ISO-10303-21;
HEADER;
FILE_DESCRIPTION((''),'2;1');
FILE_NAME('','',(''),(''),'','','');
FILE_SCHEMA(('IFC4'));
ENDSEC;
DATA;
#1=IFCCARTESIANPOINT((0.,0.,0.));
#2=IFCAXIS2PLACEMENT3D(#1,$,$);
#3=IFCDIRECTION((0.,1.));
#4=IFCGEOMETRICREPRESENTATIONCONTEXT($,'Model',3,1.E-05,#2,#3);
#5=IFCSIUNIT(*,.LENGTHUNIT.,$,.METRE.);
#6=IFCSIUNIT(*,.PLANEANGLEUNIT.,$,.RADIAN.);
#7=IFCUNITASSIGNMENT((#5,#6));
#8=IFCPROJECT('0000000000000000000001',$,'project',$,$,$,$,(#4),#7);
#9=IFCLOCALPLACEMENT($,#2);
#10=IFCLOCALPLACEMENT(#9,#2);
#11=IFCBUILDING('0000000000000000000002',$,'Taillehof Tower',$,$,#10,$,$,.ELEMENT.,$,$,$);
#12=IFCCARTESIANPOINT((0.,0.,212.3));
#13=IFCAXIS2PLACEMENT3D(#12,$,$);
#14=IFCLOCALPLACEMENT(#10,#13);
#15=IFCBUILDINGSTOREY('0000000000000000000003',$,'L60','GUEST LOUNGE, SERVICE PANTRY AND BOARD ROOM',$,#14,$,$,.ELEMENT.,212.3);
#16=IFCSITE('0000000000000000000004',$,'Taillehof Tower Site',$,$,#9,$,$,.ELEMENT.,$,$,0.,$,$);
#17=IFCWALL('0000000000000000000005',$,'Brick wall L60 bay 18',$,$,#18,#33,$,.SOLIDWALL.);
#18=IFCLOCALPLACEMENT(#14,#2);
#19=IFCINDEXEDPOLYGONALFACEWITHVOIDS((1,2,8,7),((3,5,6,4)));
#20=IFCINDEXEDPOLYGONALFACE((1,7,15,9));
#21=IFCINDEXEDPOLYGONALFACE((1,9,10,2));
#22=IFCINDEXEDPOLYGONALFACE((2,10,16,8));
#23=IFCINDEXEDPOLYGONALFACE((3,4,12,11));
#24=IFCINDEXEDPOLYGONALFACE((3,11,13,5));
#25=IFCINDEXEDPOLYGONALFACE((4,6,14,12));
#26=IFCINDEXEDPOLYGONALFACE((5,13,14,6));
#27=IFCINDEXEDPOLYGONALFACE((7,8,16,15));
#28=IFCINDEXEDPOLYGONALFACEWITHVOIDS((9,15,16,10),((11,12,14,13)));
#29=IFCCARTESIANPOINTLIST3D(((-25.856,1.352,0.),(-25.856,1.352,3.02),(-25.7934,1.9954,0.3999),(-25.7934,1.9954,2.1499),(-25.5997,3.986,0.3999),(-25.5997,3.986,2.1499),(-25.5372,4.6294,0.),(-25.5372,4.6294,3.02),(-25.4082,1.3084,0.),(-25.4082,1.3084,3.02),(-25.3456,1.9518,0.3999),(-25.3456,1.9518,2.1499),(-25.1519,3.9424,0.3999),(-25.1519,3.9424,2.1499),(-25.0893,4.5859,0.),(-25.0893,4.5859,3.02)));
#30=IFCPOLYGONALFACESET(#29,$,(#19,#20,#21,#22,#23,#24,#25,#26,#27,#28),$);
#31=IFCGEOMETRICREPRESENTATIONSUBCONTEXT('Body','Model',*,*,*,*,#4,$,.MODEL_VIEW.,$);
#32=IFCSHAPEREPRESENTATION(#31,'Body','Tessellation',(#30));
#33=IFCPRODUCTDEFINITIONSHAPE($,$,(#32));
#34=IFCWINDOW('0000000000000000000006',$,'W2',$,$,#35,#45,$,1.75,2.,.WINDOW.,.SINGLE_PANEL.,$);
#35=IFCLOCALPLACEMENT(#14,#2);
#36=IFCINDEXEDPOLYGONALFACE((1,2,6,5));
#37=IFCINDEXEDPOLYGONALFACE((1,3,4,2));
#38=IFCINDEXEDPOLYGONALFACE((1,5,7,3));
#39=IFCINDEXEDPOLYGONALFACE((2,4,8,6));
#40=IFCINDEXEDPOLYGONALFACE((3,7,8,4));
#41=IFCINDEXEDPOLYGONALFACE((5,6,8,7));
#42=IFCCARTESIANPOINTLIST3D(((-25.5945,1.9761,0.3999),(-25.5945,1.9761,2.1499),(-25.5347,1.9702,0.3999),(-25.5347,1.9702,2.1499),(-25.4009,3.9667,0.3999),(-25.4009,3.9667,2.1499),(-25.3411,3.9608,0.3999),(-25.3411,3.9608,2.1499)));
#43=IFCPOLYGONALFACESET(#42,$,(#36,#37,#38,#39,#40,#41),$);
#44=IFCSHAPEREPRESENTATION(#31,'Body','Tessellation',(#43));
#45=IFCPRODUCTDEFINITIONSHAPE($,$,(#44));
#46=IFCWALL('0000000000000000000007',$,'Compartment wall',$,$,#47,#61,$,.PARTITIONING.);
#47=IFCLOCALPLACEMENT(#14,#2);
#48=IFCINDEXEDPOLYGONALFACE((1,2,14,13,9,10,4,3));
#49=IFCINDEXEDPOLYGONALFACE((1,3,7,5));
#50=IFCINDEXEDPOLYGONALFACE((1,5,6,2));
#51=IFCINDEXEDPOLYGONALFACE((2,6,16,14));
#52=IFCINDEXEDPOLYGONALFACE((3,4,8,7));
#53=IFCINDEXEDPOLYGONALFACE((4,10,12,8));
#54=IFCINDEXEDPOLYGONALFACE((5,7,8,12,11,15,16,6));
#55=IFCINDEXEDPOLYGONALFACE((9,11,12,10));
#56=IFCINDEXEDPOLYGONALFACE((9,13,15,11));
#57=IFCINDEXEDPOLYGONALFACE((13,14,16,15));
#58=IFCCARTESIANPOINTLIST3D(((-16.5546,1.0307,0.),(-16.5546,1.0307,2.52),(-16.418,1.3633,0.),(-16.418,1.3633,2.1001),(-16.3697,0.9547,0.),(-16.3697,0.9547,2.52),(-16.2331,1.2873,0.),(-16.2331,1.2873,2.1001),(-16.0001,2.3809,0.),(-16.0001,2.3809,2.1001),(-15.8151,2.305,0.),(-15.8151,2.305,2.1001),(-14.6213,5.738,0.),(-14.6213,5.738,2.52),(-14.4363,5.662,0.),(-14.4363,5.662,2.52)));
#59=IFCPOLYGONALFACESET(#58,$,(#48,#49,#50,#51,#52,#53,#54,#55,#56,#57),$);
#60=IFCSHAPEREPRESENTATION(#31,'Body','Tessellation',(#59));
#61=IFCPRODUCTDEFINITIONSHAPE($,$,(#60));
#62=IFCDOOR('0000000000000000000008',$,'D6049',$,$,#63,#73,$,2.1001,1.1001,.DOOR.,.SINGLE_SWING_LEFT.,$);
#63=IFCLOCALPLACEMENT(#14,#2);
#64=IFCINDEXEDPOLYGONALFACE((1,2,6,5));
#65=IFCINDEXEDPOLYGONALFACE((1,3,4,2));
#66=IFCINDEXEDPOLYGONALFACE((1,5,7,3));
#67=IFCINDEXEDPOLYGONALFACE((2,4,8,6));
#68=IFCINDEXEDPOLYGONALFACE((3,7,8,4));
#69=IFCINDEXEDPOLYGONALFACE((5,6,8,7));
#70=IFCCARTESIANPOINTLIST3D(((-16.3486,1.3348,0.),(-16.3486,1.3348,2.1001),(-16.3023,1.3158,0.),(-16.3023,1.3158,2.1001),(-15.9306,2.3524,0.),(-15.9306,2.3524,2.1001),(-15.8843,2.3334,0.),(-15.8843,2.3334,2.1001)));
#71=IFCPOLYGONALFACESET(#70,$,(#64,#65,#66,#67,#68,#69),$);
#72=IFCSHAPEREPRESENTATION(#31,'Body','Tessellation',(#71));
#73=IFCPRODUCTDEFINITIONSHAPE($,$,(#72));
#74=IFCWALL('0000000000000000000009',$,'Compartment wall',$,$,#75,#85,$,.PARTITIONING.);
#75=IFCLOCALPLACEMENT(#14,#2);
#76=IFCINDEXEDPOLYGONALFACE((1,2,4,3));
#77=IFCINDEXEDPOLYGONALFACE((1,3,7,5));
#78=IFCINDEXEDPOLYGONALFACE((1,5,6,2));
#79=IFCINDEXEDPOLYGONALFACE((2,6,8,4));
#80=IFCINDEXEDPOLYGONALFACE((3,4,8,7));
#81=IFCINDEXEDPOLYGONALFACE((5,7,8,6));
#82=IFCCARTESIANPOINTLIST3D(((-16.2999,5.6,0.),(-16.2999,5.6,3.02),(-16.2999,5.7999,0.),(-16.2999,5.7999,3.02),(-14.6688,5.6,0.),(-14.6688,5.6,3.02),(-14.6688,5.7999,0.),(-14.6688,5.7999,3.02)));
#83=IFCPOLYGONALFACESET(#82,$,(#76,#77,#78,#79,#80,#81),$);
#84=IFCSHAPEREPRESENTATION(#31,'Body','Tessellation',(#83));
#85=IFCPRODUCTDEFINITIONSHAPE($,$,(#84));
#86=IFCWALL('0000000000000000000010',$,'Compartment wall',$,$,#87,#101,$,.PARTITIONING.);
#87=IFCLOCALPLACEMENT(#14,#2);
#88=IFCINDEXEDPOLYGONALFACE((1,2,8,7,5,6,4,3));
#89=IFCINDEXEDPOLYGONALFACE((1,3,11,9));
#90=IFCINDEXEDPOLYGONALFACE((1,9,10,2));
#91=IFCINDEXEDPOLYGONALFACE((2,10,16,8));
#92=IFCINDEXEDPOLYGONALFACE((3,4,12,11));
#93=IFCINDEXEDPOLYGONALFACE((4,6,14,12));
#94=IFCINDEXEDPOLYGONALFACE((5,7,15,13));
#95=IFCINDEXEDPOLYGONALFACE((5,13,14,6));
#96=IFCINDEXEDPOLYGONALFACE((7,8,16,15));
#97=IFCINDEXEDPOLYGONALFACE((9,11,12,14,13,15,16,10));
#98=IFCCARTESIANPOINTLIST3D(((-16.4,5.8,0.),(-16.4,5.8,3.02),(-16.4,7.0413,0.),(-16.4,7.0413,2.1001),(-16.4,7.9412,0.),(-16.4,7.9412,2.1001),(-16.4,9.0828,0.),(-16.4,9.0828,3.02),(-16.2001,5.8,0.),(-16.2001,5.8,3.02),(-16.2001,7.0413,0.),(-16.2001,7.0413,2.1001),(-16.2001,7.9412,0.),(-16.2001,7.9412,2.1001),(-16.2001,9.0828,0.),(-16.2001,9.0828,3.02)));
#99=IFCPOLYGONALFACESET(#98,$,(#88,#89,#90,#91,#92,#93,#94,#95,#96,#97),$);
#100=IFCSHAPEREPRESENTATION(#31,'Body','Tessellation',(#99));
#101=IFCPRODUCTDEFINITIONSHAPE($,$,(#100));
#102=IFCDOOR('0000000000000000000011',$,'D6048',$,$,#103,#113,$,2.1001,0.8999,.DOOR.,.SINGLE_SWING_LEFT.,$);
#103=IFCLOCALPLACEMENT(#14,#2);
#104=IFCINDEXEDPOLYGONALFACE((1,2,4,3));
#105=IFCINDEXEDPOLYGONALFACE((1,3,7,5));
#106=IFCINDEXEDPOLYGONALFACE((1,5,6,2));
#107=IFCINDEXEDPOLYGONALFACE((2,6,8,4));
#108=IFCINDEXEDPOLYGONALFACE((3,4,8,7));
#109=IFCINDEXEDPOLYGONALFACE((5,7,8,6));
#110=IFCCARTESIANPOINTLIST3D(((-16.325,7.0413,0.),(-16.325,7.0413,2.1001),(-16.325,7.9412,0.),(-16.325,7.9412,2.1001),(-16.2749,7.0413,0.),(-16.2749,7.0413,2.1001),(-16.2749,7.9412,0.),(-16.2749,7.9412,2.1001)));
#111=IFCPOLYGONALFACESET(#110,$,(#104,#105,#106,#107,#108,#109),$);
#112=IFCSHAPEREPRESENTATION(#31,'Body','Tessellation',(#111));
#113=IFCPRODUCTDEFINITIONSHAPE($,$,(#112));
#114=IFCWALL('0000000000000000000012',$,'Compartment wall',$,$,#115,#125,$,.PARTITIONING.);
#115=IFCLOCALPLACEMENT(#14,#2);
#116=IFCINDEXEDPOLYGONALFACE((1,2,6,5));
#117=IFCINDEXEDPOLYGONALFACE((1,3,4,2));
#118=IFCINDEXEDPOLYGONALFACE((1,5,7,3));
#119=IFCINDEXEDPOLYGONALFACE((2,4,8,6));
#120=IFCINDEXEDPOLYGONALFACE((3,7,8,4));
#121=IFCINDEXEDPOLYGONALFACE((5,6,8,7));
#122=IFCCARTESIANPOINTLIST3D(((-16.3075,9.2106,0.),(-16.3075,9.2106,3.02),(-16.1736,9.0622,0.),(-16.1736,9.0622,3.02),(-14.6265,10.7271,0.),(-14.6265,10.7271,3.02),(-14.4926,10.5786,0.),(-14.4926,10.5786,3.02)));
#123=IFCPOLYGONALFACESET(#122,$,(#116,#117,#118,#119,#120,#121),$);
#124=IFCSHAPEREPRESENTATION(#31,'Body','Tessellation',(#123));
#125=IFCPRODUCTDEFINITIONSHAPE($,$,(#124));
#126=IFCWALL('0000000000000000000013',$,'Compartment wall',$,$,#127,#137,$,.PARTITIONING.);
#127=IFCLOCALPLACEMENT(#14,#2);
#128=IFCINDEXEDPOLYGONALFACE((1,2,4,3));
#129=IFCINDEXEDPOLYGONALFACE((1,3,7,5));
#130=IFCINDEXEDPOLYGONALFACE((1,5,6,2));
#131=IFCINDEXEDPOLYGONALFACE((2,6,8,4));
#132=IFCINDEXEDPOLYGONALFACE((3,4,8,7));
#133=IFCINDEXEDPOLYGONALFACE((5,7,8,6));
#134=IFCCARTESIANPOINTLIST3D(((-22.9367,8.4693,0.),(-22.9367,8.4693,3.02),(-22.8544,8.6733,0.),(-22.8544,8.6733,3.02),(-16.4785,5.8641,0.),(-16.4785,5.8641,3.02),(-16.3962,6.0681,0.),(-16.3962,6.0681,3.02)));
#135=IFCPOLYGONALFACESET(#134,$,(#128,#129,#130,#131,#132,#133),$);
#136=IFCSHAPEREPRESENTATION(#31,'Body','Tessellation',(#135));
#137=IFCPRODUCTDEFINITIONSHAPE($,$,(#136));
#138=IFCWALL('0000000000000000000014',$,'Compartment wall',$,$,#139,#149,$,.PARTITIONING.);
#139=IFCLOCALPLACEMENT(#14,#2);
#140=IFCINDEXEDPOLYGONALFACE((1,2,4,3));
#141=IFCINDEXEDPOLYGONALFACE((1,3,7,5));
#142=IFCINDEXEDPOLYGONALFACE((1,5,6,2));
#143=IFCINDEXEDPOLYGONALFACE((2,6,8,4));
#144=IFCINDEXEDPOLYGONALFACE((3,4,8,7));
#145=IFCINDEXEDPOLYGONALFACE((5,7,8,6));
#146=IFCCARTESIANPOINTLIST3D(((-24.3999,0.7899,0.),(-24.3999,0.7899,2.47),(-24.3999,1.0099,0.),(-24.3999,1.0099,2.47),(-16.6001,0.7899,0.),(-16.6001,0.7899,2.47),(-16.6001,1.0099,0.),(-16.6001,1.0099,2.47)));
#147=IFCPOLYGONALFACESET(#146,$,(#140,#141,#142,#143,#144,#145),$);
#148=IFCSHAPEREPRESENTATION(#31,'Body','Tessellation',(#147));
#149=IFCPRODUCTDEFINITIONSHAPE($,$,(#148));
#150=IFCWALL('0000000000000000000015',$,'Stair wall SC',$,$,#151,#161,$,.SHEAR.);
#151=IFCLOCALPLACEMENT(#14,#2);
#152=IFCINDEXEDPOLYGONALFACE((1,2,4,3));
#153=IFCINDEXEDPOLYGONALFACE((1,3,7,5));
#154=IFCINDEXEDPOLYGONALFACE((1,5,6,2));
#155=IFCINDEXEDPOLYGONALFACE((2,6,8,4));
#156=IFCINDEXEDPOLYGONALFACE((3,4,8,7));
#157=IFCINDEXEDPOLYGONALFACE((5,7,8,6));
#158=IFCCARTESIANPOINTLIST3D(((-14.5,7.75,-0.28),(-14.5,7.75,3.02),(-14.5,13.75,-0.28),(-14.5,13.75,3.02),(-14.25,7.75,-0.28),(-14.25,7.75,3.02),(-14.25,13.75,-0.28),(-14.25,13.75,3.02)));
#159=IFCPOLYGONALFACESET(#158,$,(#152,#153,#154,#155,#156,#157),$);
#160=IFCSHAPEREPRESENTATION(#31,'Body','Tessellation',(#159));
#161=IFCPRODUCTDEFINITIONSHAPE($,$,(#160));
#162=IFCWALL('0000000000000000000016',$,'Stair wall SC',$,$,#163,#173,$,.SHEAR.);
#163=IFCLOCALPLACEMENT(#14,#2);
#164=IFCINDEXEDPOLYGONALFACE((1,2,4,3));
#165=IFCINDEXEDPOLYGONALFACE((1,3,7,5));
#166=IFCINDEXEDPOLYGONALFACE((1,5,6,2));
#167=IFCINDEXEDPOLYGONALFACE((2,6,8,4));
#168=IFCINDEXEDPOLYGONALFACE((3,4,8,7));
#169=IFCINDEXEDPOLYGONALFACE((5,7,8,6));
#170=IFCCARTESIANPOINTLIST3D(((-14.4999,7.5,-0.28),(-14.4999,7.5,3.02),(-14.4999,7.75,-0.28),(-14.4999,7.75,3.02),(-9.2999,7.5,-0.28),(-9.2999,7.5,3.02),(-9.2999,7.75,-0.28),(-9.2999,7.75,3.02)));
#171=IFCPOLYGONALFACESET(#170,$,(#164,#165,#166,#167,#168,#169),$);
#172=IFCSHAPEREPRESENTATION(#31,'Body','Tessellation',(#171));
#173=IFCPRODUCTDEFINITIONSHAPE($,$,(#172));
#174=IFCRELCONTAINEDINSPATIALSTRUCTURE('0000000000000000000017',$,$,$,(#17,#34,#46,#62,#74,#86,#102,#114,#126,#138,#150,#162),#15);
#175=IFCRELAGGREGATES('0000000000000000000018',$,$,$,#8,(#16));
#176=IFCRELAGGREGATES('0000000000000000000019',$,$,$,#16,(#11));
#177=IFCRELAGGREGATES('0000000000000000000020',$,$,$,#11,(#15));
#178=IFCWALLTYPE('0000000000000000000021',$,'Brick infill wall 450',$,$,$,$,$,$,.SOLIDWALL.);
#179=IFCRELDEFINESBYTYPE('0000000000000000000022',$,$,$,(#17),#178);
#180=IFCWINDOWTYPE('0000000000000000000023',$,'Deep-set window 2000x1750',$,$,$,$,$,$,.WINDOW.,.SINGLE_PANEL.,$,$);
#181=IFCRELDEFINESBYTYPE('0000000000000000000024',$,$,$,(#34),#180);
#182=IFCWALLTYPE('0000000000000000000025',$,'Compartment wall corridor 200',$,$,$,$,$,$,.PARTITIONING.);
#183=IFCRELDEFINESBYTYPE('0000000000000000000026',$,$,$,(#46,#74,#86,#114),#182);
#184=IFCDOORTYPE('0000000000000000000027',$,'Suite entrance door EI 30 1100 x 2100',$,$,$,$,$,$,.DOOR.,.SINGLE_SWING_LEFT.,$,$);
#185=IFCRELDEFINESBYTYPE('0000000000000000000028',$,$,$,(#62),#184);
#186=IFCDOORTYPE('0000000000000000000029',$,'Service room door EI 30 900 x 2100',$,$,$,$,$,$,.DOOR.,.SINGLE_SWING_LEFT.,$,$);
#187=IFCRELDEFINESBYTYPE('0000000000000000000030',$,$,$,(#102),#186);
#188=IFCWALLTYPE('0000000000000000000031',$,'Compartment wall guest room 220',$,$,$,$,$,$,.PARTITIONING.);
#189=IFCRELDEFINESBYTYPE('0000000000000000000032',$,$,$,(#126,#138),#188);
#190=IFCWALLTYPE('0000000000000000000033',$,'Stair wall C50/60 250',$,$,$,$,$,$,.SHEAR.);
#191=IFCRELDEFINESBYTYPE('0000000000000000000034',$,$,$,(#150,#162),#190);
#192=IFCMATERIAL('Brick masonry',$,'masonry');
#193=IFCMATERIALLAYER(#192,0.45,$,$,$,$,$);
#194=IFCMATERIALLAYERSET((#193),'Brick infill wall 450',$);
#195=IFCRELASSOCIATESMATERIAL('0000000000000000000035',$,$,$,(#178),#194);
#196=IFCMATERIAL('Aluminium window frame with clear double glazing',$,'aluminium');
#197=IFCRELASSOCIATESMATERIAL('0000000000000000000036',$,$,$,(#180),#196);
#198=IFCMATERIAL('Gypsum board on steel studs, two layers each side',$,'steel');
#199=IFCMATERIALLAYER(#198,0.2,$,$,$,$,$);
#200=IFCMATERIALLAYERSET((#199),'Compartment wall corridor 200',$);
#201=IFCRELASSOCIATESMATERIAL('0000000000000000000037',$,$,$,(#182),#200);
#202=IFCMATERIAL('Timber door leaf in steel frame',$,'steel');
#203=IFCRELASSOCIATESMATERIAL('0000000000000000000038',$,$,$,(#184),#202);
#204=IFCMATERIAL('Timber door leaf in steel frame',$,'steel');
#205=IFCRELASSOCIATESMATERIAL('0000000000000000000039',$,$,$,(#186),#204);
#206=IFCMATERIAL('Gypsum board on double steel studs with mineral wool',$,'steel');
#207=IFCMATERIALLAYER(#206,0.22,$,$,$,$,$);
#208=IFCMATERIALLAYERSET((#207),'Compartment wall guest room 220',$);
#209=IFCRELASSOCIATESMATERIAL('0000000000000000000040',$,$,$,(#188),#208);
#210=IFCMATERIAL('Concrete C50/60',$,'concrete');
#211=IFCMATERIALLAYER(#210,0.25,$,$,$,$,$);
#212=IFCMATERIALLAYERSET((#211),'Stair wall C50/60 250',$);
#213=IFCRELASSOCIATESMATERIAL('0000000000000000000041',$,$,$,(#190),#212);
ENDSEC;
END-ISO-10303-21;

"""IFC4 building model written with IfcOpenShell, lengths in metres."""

from ifc_helpers import new_model, si_unit, direction, frame, frame_2d, origin, place, context, subcontext, project, spatial, rectangle, extrude, material, layer, layer_set, type_object, element, fill, save


model = new_model("IFC4")

# Units and contexts
model_context = context("Model", 3, precision=1e-05, world=origin(), true_north=direction((0.0, 1.0)))
body_context = subcontext(model_context, "Body", "Model", "MODEL_VIEW")
ifc_project = project(units=[si_unit("LENGTHUNIT", "METRE"), si_unit("PLANEANGLEUNIT", "RADIAN")], contexts=[model_context])

# Site, building, storey
site_placement = place(None, origin())
site = spatial("IfcSite", under=ifc_project, at=site_placement, Name="Taillehof Tower Site", CompositionType="ELEMENT", RefElevation=0.0)
building_placement = place(site_placement, origin())
building = spatial("IfcBuilding", under=site, at=building_placement, Name="Taillehof Tower", CompositionType="ELEMENT")
storey_placement = place(building_placement, frame((0.0, 0.0, 212.3)))
storey = spatial("IfcBuildingStorey", under=building, at=storey_placement, Name="L60", Description="GUEST LOUNGE, SERVICE PANTRY AND BOARD ROOM", CompositionType="ELEMENT", Elevation=212.3)

# Wall, opening, window
ifc_material_1 = material(Name="Brick masonry", Category="masonry")
ifc_layer_1 = layer(ifc_material_1, 0.45)
ifc_layer_set_1 = layer_set([ifc_layer_1], Name="Brick infill wall 450")
wall_type_1 = type_object("IfcWallType", Name="Brick infill wall 450", PredefinedType="SOLIDWALL", material=ifc_layer_set_1)
ifc_material_2 = material(Name="Aluminium window frame with clear double glazing", Category="aluminium")
window_type = type_object("IfcWindowType", Name="Deep-set window 2000x1750", PartitioningType="SINGLE_PANEL", PredefinedType="WINDOW", material=ifc_material_2)
wall_1_placement = place(storey_placement, frame((-25.3132, 4.6077, 0.0), z_axis=(0.0, 0.0, 1.0), x_axis=(-0.096824, -0.995302, 0.0)))
wall_1 = element("IfcWall", 1, at=wall_1_placement, inside=storey, type_object=wall_type_1, Name="Brick wall L60 bay 18", PredefinedType="SOLIDWALL", context=body_context, shape_type="SweptSolid", body=[
    extrude(rectangle(XDim=3.293, YDim=0.45, at=frame_2d((1.6465, 0.0))), origin(), (0.0, 0.0, 1.0), 3.02),
])
opening_1_placement = place(wall_1_placement, frame((0.6465, 0.0, 0.3999)))
opening_1 = element("IfcOpeningElement", 2, at=opening_1_placement, cuts=wall_1, PredefinedType="OPENING", context=body_context, shape_type="SweptSolid", body=[
    extrude(rectangle(XDim=2.0, YDim=1.75, at=frame_2d((1.0, 0.875))), frame((0.0, 0.2349, 0.0), z_axis=(0.0, -1.0, 0.0), x_axis=(1.0, 0.0, 0.0)), (0.0, 0.0, 1.0), 0.47),
])
window_1_placement = place(opening_1_placement, origin())
window_1 = element("IfcWindow", 3, at=window_1_placement, inside=storey, type_object=window_type, Name="W2", OverallHeight=1.75, OverallWidth=2.0, PartitioningType="SINGLE_PANEL", PredefinedType="WINDOW", context=body_context, shape_type="SweptSolid", body=[
    extrude(rectangle(XDim=2.0, YDim=1.75, at=frame_2d((1.0, 0.875))), frame((0.0, 0.0349, 0.0), z_axis=(0.0, -1.0, 0.0), x_axis=(1.0, 0.0, 0.0)), (0.0, 0.0, 1.0), 0.0601),
])
fill(opening_1, window_1)

# Wall, opening, door
ifc_material_3 = material(Name="Gypsum board on steel studs, two layers each side", Category="steel")
ifc_layer_2 = layer(ifc_material_3, 0.2)
ifc_layer_set_2 = layer_set([ifc_layer_2], Name="Compartment wall corridor 200")
wall_type_2 = type_object("IfcWallType", Name="Compartment wall corridor 200", PredefinedType="PARTITIONING", material=ifc_layer_set_2)
wall_2_placement = place(storey_placement, frame((-16.4622, 0.9927, 0.0), z_axis=(0.0, 0.0, 1.0), x_axis=(0.37992, 0.92502, 0.0)))
wall_2 = element("IfcWall", 4, at=wall_2_placement, inside=storey, type_object=wall_type_2, Name="Compartment wall", PredefinedType="PARTITIONING", context=body_context, shape_type="SweptSolid", body=[
    extrude(rectangle(XDim=5.0889, YDim=0.2, at=frame_2d((2.5444, 0.0))), origin(), (0.0, 0.0, 1.0), 2.52),
])
opening_2_placement = place(wall_2_placement, frame((0.3596, 0.0, 0.0)))
opening_2 = element("IfcOpeningElement", 5, at=opening_2_placement, cuts=wall_2, PredefinedType="OPENING", context=body_context, shape_type="SweptSolid", body=[
    extrude(rectangle(XDim=1.1001, YDim=2.1001, at=frame_2d((0.55, 1.05))), frame((0.0, 0.1099, 0.0), z_axis=(0.0, -1.0, 0.0), x_axis=(1.0, 0.0, 0.0)), (0.0, 0.0, 1.0), 0.22),
])
ifc_material_4 = material(Name="Timber door leaf in steel frame", Category="steel")
door_type_1 = type_object("IfcDoorType", Name="Suite entrance door EI 30 1100 x 2100", OperationType="SINGLE_SWING_LEFT", PredefinedType="DOOR", material=ifc_material_4)
door_1_placement = place(opening_2_placement, origin())
door_1 = element("IfcDoor", 6, at=door_1_placement, inside=storey, type_object=door_type_1, Name="D6049", OperationType="SINGLE_SWING_LEFT", OverallHeight=2.1001, OverallWidth=1.1001, PredefinedType="DOOR", context=body_context, shape_type="SweptSolid", body=[
    extrude(rectangle(XDim=1.1001, YDim=2.1001, at=frame_2d((0.55, 1.05))), frame((0.0, 0.0249, 0.0), z_axis=(0.0, -1.0, 0.0), x_axis=(1.0, 0.0, 0.0)), (0.0, 0.0, 1.0), 0.05),
])
fill(opening_2, door_1)

# Wall
wall_3_placement = place(storey_placement, frame((-14.6689, 5.7, 0.0), z_axis=(0.0, 0.0, 1.0), x_axis=(-1.0, 0.0, 0.0)))
element("IfcWall", 7, at=wall_3_placement, inside=storey, type_object=wall_type_2, Name="Compartment wall", PredefinedType="PARTITIONING", context=body_context, shape_type="SweptSolid", body=[
    extrude(rectangle(XDim=1.6311, YDim=0.2, at=frame_2d((0.8154, 0.0))), origin(), (0.0, 0.0, 1.0), 3.02),
])

# Wall, opening, door
wall_4_placement = place(storey_placement, frame((-16.3, 5.8, 0.0), z_axis=(0.0, 0.0, 1.0), x_axis=(0.0, 1.0, 0.0)))
wall_4 = element("IfcWall", 8, at=wall_4_placement, inside=storey, type_object=wall_type_2, Name="Compartment wall", PredefinedType="PARTITIONING", context=body_context, shape_type="SweptSolid", body=[
    extrude(rectangle(XDim=3.2827, YDim=0.2, at=frame_2d((1.6414, 0.0))), origin(), (0.0, 0.0, 1.0), 3.02),
])
opening_3_placement = place(wall_4_placement, frame((1.2412, 0.0, 0.0)))
opening_3 = element("IfcOpeningElement", 9, at=opening_3_placement, cuts=wall_4, PredefinedType="OPENING", context=body_context, shape_type="SweptSolid", body=[
    extrude(rectangle(XDim=0.8999, YDim=2.1001, at=frame_2d((0.45, 1.05))), frame((0.0, 0.1099, 0.0), z_axis=(0.0, -1.0, 0.0), x_axis=(1.0, 0.0, 0.0)), (0.0, 0.0, 1.0), 0.22),
])
ifc_material_5 = material(Name="Timber door leaf in steel frame", Category="steel")
door_type_2 = type_object("IfcDoorType", Name="Service room door EI 30 900 x 2100", OperationType="SINGLE_SWING_LEFT", PredefinedType="DOOR", material=ifc_material_5)
door_2_placement = place(opening_3_placement, origin())
door_2 = element("IfcDoor", 10, at=door_2_placement, inside=storey, type_object=door_type_2, Name="D6048", OperationType="SINGLE_SWING_LEFT", OverallHeight=2.1001, OverallWidth=0.8999, PredefinedType="DOOR", context=body_context, shape_type="SweptSolid", body=[
    extrude(rectangle(XDim=0.8999, YDim=2.1001, at=frame_2d((0.45, 1.05))), frame((0.0, 0.0249, 0.0), z_axis=(0.0, -1.0, 0.0), x_axis=(1.0, 0.0, 0.0)), (0.0, 0.0, 1.0), 0.05),
])
fill(opening_3, door_2)

# Walls
wall_5_placement = place(storey_placement, frame((-16.2405, 9.1365, 0.0), z_axis=(0.0, 0.0, 1.0), x_axis=(0.742516, 0.669828, 0.0)))
element("IfcWall", 11, at=wall_5_placement, inside=storey, type_object=wall_type_2, Name="Compartment wall", PredefinedType="PARTITIONING", context=body_context, shape_type="SweptSolid", body=[
    extrude(rectangle(XDim=2.2639, YDim=0.2, at=frame_2d((1.1318, 0.0))), origin(), (0.0, 0.0, 1.0), 3.02),
])
ifc_material_6 = material(Name="Gypsum board on double steel studs with mineral wool", Category="steel")
ifc_layer_3 = layer(ifc_material_6, 0.22)
ifc_layer_set_3 = layer_set([ifc_layer_3], Name="Compartment wall guest room 220")
wall_type_3 = type_object("IfcWallType", Name="Compartment wall guest room 220", PredefinedType="PARTITIONING", material=ifc_layer_set_3)
wall_6_placement = place(storey_placement, frame((-22.8955, 8.5713, 0.0), z_axis=(0.0, 0.0, 1.0), x_axis=(0.927387, -0.374103, 0.0)))
element("IfcWall", 12, at=wall_6_placement, inside=storey, type_object=wall_type_3, Name="Compartment wall", PredefinedType="PARTITIONING", context=body_context, shape_type="SweptSolid", body=[
    extrude(rectangle(XDim=6.9639, YDim=0.22, at=frame_2d((3.4819, 0.0))), origin(), (0.0, 0.0, 1.0), 3.02),
])
wall_7_placement = place(storey_placement, frame((-24.3999, 0.8999, 0.0), z_axis=(0.0, 0.0, 1.0), x_axis=(1.0, 0.0, 0.0)))
element("IfcWall", 13, at=wall_7_placement, inside=storey, type_object=wall_type_3, Name="Compartment wall", PredefinedType="PARTITIONING", context=body_context, shape_type="SweptSolid", body=[
    extrude(rectangle(XDim=7.7998, YDim=0.22, at=frame_2d((3.8999, 0.0))), origin(), (0.0, 0.0, 1.0), 2.47),
])
ifc_material_7 = material(Name="Concrete C50/60", Category="concrete")
ifc_layer_4 = layer(ifc_material_7, 0.25)
ifc_layer_set_4 = layer_set([ifc_layer_4], Name="Stair wall C50/60 250")
wall_type_4 = type_object("IfcWallType", Name="Stair wall C50/60 250", PredefinedType="SHEAR", material=ifc_layer_set_4)
wall_8_placement = place(storey_placement, frame((-14.375, 7.75, -0.28), z_axis=(0.0, 0.0, 1.0), x_axis=(0.0, 1.0, 0.0)))
element("IfcWall", 14, at=wall_8_placement, inside=storey, type_object=wall_type_4, Name="Stair wall SC", PredefinedType="SHEAR", context=body_context, shape_type="SweptSolid", body=[
    extrude(rectangle(XDim=6.0, YDim=0.25, at=frame_2d((3.0, 0.0))), origin(), (0.0, 0.0, 1.0), 3.3),
])
wall_9_placement = place(storey_placement, frame((-14.5, 7.625, -0.28), z_axis=(0.0, 0.0, 1.0), x_axis=(1.0, 0.0, 0.0)))
element("IfcWall", 15, at=wall_9_placement, inside=storey, type_object=wall_type_4, Name="Stair wall SC", PredefinedType="SHEAR", context=body_context, shape_type="SweptSolid", body=[
    extrude(rectangle(XDim=5.2, YDim=0.25, at=frame_2d((2.6001, 0.0))), origin(), (0.0, 0.0, 1.0), 3.3),
])

save(model, "model.ifc")
